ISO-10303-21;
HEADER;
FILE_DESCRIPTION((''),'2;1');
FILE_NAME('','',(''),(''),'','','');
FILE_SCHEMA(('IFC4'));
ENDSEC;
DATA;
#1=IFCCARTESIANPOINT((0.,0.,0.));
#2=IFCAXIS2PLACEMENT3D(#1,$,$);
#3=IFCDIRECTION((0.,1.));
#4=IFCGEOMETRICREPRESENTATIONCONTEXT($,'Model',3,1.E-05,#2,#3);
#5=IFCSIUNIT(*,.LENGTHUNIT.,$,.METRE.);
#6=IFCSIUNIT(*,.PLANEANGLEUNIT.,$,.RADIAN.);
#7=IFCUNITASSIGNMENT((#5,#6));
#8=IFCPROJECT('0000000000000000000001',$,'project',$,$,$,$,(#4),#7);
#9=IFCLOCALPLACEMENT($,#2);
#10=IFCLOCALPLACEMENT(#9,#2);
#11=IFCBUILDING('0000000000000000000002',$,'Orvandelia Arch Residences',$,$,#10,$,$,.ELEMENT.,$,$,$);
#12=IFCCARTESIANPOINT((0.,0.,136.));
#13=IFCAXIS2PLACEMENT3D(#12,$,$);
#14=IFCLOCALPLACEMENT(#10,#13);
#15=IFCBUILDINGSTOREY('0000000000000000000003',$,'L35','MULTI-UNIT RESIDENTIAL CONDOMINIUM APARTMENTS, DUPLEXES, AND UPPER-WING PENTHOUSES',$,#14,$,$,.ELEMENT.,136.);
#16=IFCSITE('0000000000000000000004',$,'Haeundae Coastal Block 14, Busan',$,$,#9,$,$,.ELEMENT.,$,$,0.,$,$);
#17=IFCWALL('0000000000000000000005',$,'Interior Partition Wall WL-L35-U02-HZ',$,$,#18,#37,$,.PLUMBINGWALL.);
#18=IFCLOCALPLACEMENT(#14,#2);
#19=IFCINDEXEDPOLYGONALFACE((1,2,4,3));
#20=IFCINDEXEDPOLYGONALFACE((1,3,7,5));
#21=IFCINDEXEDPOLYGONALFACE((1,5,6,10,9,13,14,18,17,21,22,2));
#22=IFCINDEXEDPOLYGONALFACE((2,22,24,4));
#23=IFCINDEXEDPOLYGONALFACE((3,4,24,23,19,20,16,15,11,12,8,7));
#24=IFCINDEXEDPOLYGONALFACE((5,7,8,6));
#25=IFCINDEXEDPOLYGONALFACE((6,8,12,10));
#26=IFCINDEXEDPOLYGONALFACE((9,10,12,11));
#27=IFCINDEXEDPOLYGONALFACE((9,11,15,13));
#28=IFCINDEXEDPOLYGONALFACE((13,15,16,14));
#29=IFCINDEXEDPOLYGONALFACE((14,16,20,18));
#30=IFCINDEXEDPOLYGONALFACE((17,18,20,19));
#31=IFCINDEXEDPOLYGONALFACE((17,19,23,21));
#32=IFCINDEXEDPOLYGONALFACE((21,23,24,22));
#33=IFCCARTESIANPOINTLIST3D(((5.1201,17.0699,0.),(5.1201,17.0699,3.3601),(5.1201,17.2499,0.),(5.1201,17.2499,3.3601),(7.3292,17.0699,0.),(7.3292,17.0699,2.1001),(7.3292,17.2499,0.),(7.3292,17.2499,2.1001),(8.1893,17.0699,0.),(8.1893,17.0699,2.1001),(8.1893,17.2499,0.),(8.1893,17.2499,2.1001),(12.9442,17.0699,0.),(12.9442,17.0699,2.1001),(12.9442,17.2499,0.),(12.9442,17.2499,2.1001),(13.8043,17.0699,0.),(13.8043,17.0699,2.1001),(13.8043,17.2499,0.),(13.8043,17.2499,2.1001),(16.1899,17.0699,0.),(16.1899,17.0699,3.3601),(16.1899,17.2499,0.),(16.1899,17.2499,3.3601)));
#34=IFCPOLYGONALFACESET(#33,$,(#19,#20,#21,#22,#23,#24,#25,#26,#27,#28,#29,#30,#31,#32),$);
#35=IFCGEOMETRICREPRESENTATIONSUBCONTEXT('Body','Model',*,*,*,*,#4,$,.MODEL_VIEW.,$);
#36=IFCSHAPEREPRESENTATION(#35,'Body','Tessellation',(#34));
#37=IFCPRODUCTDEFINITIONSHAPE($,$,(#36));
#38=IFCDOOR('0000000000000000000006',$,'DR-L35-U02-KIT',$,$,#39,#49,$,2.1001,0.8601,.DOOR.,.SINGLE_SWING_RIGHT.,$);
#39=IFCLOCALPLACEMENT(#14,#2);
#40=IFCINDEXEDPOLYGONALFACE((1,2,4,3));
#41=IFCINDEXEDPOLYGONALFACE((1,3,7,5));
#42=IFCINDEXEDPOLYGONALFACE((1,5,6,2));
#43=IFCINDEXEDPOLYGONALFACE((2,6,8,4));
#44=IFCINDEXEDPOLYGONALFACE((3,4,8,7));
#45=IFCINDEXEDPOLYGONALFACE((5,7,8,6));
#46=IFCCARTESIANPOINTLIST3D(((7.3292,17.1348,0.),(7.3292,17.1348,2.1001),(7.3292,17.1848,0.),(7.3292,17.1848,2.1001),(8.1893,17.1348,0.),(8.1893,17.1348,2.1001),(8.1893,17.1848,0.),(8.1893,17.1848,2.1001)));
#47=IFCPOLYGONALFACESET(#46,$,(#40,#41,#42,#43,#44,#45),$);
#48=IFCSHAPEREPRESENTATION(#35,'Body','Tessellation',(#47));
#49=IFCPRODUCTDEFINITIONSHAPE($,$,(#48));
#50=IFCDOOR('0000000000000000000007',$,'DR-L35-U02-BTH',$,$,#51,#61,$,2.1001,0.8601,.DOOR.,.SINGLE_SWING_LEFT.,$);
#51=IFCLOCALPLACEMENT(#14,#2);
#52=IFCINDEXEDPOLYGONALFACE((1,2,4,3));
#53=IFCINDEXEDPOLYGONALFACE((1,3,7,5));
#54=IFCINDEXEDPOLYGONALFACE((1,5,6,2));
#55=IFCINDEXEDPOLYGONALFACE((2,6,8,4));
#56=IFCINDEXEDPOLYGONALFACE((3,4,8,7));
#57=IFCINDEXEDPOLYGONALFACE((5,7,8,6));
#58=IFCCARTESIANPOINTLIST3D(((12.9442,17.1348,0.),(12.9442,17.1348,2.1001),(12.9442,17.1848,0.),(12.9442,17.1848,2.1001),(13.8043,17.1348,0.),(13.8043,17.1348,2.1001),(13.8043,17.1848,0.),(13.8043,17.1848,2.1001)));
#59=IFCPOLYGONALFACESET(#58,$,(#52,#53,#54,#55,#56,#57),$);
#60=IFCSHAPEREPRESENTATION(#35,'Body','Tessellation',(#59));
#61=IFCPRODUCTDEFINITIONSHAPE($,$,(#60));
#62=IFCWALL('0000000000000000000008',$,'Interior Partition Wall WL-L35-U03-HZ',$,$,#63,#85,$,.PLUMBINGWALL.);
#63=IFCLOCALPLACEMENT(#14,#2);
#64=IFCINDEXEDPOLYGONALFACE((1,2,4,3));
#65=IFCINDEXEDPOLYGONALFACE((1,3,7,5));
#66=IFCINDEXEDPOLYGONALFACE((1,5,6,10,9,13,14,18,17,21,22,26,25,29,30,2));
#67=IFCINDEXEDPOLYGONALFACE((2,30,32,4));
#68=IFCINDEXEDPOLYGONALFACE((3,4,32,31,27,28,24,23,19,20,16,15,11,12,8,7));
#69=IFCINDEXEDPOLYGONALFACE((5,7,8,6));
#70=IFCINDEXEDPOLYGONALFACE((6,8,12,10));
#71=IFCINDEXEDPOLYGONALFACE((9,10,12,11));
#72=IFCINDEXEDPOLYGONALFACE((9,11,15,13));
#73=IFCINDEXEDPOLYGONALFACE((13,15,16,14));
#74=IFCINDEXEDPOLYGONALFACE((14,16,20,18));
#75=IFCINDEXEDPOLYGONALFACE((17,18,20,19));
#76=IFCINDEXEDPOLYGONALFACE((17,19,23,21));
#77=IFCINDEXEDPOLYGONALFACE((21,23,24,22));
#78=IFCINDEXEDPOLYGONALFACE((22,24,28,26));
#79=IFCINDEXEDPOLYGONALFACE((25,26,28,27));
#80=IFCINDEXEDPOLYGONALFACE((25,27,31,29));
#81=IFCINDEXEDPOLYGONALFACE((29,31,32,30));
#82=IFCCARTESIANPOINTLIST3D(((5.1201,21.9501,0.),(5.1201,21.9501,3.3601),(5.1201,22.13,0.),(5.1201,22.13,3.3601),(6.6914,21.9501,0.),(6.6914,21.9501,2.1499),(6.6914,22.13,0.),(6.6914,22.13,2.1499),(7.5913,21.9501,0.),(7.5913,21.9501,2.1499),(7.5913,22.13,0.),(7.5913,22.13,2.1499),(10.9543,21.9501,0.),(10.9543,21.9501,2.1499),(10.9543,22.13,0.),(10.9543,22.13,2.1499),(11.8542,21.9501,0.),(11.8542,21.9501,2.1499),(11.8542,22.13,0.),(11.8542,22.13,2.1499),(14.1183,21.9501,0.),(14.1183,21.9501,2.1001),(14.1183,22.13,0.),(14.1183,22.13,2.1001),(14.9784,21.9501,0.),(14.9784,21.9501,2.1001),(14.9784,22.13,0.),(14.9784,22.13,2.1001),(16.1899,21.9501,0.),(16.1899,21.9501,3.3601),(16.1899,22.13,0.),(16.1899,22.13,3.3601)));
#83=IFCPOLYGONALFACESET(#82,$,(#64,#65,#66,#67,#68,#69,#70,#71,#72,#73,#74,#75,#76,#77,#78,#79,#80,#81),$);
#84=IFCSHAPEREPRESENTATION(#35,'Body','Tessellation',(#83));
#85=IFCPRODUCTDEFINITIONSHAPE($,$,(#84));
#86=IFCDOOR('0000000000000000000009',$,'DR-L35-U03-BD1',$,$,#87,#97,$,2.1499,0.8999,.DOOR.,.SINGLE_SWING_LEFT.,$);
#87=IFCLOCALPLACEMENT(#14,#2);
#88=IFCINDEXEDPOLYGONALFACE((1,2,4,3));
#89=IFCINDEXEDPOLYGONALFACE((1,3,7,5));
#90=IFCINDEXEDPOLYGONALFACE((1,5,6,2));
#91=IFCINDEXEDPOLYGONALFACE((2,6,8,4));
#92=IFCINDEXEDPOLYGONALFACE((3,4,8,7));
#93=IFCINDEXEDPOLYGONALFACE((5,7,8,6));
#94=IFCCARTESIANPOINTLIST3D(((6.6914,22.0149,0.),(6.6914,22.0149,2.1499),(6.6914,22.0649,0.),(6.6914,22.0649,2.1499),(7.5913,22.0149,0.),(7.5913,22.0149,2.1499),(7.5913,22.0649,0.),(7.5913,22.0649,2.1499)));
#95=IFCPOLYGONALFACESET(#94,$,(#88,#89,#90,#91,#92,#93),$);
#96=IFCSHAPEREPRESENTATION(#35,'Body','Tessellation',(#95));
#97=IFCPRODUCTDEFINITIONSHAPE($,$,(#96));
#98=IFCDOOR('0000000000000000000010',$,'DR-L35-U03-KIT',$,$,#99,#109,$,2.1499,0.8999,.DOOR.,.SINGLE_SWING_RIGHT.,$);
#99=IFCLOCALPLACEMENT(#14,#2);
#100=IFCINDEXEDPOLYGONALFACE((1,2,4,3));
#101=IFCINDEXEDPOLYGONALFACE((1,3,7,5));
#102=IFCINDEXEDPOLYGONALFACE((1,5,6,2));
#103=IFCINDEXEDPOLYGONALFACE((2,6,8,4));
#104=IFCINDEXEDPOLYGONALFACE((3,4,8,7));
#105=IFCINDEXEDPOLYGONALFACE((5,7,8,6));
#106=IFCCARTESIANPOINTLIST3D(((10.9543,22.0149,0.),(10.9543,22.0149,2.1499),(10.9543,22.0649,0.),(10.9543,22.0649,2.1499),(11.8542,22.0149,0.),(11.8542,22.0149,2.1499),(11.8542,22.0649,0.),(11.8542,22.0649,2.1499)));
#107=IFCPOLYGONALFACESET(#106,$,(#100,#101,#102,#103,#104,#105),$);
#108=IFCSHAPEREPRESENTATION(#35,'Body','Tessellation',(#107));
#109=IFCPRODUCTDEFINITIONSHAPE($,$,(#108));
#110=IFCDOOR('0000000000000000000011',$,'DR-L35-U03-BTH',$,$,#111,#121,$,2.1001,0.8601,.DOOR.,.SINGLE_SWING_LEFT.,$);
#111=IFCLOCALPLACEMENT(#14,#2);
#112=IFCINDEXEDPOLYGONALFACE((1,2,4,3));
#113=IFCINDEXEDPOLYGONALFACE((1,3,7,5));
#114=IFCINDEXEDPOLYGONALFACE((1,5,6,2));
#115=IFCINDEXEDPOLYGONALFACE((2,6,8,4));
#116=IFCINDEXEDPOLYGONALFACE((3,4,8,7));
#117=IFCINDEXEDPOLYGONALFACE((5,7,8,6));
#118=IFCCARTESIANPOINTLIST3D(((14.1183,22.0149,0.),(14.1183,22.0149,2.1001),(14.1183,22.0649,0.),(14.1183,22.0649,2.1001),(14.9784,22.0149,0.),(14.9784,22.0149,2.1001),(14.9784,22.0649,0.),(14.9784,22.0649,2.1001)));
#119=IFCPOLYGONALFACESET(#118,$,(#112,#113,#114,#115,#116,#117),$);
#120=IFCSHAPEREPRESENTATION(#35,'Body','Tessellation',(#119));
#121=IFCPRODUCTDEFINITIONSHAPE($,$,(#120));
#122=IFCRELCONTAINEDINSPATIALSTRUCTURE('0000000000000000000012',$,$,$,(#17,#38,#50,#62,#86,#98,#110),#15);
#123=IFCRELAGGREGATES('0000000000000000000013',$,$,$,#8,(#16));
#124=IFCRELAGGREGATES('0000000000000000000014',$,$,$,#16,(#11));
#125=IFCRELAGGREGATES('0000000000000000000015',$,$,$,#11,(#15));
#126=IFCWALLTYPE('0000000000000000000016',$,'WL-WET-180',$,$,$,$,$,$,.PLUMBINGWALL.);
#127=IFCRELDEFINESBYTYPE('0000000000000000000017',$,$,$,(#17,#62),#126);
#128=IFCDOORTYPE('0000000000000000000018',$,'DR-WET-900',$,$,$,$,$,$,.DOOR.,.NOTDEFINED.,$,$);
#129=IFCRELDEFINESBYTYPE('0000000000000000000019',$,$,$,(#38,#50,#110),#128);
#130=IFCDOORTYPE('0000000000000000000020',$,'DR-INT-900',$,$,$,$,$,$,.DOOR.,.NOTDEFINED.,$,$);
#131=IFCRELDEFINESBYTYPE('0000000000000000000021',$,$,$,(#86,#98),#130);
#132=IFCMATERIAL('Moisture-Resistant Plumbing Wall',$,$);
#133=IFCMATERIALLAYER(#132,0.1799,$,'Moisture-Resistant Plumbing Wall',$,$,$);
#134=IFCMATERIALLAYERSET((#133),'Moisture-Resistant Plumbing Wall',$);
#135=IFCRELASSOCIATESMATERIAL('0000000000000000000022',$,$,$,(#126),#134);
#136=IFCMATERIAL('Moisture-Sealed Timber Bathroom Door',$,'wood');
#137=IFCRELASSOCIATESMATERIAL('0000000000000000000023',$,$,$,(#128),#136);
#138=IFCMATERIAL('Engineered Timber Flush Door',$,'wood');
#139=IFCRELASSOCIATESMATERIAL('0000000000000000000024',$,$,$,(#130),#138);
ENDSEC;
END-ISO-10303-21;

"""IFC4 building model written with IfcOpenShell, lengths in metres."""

from ifc_helpers import new_model, si_unit, direction, frame, frame_2d, origin, place, context, subcontext, project, spatial, rectangle, extrude, material, layer, layer_set, type_object, element, fill, save


model = new_model("IFC4")

# Units and contexts
model_context = context("Model", 3, precision=1e-05, world=origin(), true_north=direction((0.0, 1.0)))
body_context = subcontext(model_context, "Body", "Model", "MODEL_VIEW")
ifc_project = project(units=[si_unit("LENGTHUNIT", "METRE"), si_unit("PLANEANGLEUNIT", "RADIAN")], contexts=[model_context])

# Site, building, storey
site_placement = place(None, origin())
site = spatial("IfcSite", under=ifc_project, at=site_placement, Name="Haeundae Coastal Block 14, Busan", CompositionType="ELEMENT", RefElevation=0.0)
building_placement = place(site_placement, origin())
building = spatial("IfcBuilding", under=site, at=building_placement, Name="Orvandelia Arch Residences", CompositionType="ELEMENT")
storey_placement = place(building_placement, frame((0.0, 0.0, 136.0)))
storey = spatial("IfcBuildingStorey", under=building, at=storey_placement, Name="L35", Description="MULTI-UNIT RESIDENTIAL CONDOMINIUM APARTMENTS, DUPLEXES, AND UPPER-WING PENTHOUSES", CompositionType="ELEMENT", Elevation=136.0)

# Walls, openings, doors
ifc_material_1 = material(Name="Moisture-Resistant Plumbing Wall")
ifc_layer_1 = layer(ifc_material_1, 0.1799, Name="Moisture-Resistant Plumbing Wall")
ifc_layer_set_1 = layer_set([ifc_layer_1], Name="Moisture-Resistant Plumbing Wall")
wall_type_1 = type_object("IfcWallType", Name="WL-WET-180", PredefinedType="PLUMBINGWALL", material=ifc_layer_set_1)
wall_1_placement = place(storey_placement, frame((5.1201, 17.1599, 0.0), z_axis=(0.0, 0.0, 1.0), x_axis=(1.0, 0.0, 0.0)))
wall_1 = element("IfcWall", 1, at=wall_1_placement, inside=storey, type_object=wall_type_1, Name="Interior Partition Wall WL-L35-U02-HZ", PredefinedType="PLUMBINGWALL", context=body_context, shape_type="SweptSolid", body=[
    extrude(rectangle(XDim=11.0698, YDim=0.1799, at=frame_2d((5.5349, 0.0))), origin(), (0.0, 0.0, 1.0), 3.3601),
])
opening_1_placement = place(wall_1_placement, frame((2.209, 0.0, 0.0)))
opening_1 = element("IfcOpeningElement", 2, at=opening_1_placement, cuts=wall_1, PredefinedType="OPENING", context=body_context, shape_type="SweptSolid", body=[
    extrude(rectangle(XDim=0.8601, YDim=2.1001, at=frame_2d((0.4302, 1.05))), frame((0.0, 0.1001, 0.0), z_axis=(0.0, -1.0, 0.0), x_axis=(1.0, 0.0, 0.0)), (0.0, 0.0, 1.0), 0.2),
])
opening_2_placement = place(wall_1_placement, frame((7.824, 0.0, 0.0)))
opening_2 = element("IfcOpeningElement", 3, at=opening_2_placement, cuts=wall_1, PredefinedType="OPENING", context=body_context, shape_type="SweptSolid", body=[
    extrude(rectangle(XDim=0.8601, YDim=2.1001, at=frame_2d((0.4302, 1.05))), frame((0.0, 0.1001, 0.0), z_axis=(0.0, -1.0, 0.0), x_axis=(1.0, 0.0, 0.0)), (0.0, 0.0, 1.0), 0.2),
])
ifc_material_2 = material(Name="Moisture-Sealed Timber Bathroom Door", Category="wood")
door_type_1 = type_object("IfcDoorType", Name="DR-WET-900", OperationType="NOTDEFINED", PredefinedType="DOOR", material=ifc_material_2)
door_1_placement = place(opening_1_placement, origin())
door_1 = element("IfcDoor", 4, at=door_1_placement, inside=storey, type_object=door_type_1, Name="DR-L35-U02-KIT", OperationType="SINGLE_SWING_RIGHT", OverallHeight=2.1001, OverallWidth=0.8601, PredefinedType="DOOR", context=body_context, shape_type="SweptSolid", body=[
    extrude(rectangle(XDim=0.8601, YDim=2.1001, at=frame_2d((0.4302, 1.05))), frame((0.0, 0.0249, 0.0), z_axis=(0.0, -1.0, 0.0), x_axis=(1.0, 0.0, 0.0)), (0.0, 0.0, 1.0), 0.05),
])
fill(opening_1, door_1)
door_2_placement = place(opening_2_placement, origin())
door_2 = element("IfcDoor", 5, at=door_2_placement, inside=storey, type_object=door_type_1, Name="DR-L35-U02-BTH", OperationType="SINGLE_SWING_LEFT", OverallHeight=2.1001, OverallWidth=0.8601, PredefinedType="DOOR", context=body_context, shape_type="SweptSolid", body=[
    extrude(rectangle(XDim=0.8601, YDim=2.1001, at=frame_2d((0.4302, 1.05))), frame((0.0, 0.0249, 0.0), z_axis=(0.0, -1.0, 0.0), x_axis=(1.0, 0.0, 0.0)), (0.0, 0.0, 1.0), 0.05),
])
fill(opening_2, door_2)
wall_2_placement = place(storey_placement, frame((5.1201, 22.04, 0.0), z_axis=(0.0, 0.0, 1.0), x_axis=(1.0, 0.0, 0.0)))
wall_2 = element("IfcWall", 6, at=wall_2_placement, inside=storey, type_object=wall_type_1, Name="Interior Partition Wall WL-L35-U03-HZ", PredefinedType="PLUMBINGWALL", context=body_context, shape_type="SweptSolid", body=[
    extrude(rectangle(XDim=11.0698, YDim=0.1799, at=frame_2d((5.5349, 0.0))), origin(), (0.0, 0.0, 1.0), 3.3601),
])
opening_3_placement = place(wall_2_placement, frame((1.5713, 0.0, 0.0)))
opening_3 = element("IfcOpeningElement", 7, at=opening_3_placement, cuts=wall_2, PredefinedType="OPENING", context=body_context, shape_type="SweptSolid", body=[
    extrude(rectangle(XDim=0.8999, YDim=2.1499, at=frame_2d((0.45, 1.075))), frame((0.0, 0.1001, 0.0), z_axis=(0.0, -1.0, 0.0), x_axis=(1.0, 0.0, 0.0)), (0.0, 0.0, 1.0), 0.2),
])
opening_4_placement = place(wall_2_placement, frame((5.8342, 0.0, 0.0)))
opening_4 = element("IfcOpeningElement", 8, at=opening_4_placement, cuts=wall_2, PredefinedType="OPENING", context=body_context, shape_type="SweptSolid", body=[
    extrude(rectangle(XDim=0.8999, YDim=2.1499, at=frame_2d((0.45, 1.075))), frame((0.0, 0.1001, 0.0), z_axis=(0.0, -1.0, 0.0), x_axis=(1.0, 0.0, 0.0)), (0.0, 0.0, 1.0), 0.2),
])
opening_5_placement = place(wall_2_placement, frame((8.998, 0.0, 0.0)))
opening_5 = element("IfcOpeningElement", 9, at=opening_5_placement, cuts=wall_2, PredefinedType="OPENING", context=body_context, shape_type="SweptSolid", body=[
    extrude(rectangle(XDim=0.8601, YDim=2.1001, at=frame_2d((0.4302, 1.05))), frame((0.0, 0.1001, 0.0), z_axis=(0.0, -1.0, 0.0), x_axis=(1.0, 0.0, 0.0)), (0.0, 0.0, 1.0), 0.2),
])
ifc_material_3 = material(Name="Engineered Timber Flush Door", Category="wood")
door_type_2 = type_object("IfcDoorType", Name="DR-INT-900", OperationType="NOTDEFINED", PredefinedType="DOOR", material=ifc_material_3)
door_3_placement = place(opening_3_placement, origin())
door_3 = element("IfcDoor", 10, at=door_3_placement, inside=storey, type_object=door_type_2, Name="DR-L35-U03-BD1", OperationType="SINGLE_SWING_LEFT", OverallHeight=2.1499, OverallWidth=0.8999, PredefinedType="DOOR", context=body_context, shape_type="SweptSolid", body=[
    extrude(rectangle(XDim=0.8999, YDim=2.1499, at=frame_2d((0.45, 1.075))), frame((0.0, 0.0249, 0.0), z_axis=(0.0, -1.0, 0.0), x_axis=(1.0, 0.0, 0.0)), (0.0, 0.0, 1.0), 0.05),
])
fill(opening_3, door_3)
door_4_placement = place(opening_4_placement, origin())
door_4 = element("IfcDoor", 11, at=door_4_placement, inside=storey, type_object=door_type_2, Name="DR-L35-U03-KIT", OperationType="SINGLE_SWING_RIGHT", OverallHeight=2.1499, OverallWidth=0.8999, PredefinedType="DOOR", context=body_context, shape_type="SweptSolid", body=[
    extrude(rectangle(XDim=0.8999, YDim=2.1499, at=frame_2d((0.45, 1.075))), frame((0.0, 0.0249, 0.0), z_axis=(0.0, -1.0, 0.0), x_axis=(1.0, 0.0, 0.0)), (0.0, 0.0, 1.0), 0.05),
])
fill(opening_4, door_4)
door_5_placement = place(opening_5_placement, origin())
door_5 = element("IfcDoor", 12, at=door_5_placement, inside=storey, type_object=door_type_1, Name="DR-L35-U03-BTH", OperationType="SINGLE_SWING_LEFT", OverallHeight=2.1001, OverallWidth=0.8601, PredefinedType="DOOR", context=body_context, shape_type="SweptSolid", body=[
    extrude(rectangle(XDim=0.8601, YDim=2.1001, at=frame_2d((0.4302, 1.05))), frame((0.0, 0.0249, 0.0), z_axis=(0.0, -1.0, 0.0), x_axis=(1.0, 0.0, 0.0)), (0.0, 0.0, 1.0), 0.05),
])
fill(opening_5, door_5)

save(model, "model.ifc")
